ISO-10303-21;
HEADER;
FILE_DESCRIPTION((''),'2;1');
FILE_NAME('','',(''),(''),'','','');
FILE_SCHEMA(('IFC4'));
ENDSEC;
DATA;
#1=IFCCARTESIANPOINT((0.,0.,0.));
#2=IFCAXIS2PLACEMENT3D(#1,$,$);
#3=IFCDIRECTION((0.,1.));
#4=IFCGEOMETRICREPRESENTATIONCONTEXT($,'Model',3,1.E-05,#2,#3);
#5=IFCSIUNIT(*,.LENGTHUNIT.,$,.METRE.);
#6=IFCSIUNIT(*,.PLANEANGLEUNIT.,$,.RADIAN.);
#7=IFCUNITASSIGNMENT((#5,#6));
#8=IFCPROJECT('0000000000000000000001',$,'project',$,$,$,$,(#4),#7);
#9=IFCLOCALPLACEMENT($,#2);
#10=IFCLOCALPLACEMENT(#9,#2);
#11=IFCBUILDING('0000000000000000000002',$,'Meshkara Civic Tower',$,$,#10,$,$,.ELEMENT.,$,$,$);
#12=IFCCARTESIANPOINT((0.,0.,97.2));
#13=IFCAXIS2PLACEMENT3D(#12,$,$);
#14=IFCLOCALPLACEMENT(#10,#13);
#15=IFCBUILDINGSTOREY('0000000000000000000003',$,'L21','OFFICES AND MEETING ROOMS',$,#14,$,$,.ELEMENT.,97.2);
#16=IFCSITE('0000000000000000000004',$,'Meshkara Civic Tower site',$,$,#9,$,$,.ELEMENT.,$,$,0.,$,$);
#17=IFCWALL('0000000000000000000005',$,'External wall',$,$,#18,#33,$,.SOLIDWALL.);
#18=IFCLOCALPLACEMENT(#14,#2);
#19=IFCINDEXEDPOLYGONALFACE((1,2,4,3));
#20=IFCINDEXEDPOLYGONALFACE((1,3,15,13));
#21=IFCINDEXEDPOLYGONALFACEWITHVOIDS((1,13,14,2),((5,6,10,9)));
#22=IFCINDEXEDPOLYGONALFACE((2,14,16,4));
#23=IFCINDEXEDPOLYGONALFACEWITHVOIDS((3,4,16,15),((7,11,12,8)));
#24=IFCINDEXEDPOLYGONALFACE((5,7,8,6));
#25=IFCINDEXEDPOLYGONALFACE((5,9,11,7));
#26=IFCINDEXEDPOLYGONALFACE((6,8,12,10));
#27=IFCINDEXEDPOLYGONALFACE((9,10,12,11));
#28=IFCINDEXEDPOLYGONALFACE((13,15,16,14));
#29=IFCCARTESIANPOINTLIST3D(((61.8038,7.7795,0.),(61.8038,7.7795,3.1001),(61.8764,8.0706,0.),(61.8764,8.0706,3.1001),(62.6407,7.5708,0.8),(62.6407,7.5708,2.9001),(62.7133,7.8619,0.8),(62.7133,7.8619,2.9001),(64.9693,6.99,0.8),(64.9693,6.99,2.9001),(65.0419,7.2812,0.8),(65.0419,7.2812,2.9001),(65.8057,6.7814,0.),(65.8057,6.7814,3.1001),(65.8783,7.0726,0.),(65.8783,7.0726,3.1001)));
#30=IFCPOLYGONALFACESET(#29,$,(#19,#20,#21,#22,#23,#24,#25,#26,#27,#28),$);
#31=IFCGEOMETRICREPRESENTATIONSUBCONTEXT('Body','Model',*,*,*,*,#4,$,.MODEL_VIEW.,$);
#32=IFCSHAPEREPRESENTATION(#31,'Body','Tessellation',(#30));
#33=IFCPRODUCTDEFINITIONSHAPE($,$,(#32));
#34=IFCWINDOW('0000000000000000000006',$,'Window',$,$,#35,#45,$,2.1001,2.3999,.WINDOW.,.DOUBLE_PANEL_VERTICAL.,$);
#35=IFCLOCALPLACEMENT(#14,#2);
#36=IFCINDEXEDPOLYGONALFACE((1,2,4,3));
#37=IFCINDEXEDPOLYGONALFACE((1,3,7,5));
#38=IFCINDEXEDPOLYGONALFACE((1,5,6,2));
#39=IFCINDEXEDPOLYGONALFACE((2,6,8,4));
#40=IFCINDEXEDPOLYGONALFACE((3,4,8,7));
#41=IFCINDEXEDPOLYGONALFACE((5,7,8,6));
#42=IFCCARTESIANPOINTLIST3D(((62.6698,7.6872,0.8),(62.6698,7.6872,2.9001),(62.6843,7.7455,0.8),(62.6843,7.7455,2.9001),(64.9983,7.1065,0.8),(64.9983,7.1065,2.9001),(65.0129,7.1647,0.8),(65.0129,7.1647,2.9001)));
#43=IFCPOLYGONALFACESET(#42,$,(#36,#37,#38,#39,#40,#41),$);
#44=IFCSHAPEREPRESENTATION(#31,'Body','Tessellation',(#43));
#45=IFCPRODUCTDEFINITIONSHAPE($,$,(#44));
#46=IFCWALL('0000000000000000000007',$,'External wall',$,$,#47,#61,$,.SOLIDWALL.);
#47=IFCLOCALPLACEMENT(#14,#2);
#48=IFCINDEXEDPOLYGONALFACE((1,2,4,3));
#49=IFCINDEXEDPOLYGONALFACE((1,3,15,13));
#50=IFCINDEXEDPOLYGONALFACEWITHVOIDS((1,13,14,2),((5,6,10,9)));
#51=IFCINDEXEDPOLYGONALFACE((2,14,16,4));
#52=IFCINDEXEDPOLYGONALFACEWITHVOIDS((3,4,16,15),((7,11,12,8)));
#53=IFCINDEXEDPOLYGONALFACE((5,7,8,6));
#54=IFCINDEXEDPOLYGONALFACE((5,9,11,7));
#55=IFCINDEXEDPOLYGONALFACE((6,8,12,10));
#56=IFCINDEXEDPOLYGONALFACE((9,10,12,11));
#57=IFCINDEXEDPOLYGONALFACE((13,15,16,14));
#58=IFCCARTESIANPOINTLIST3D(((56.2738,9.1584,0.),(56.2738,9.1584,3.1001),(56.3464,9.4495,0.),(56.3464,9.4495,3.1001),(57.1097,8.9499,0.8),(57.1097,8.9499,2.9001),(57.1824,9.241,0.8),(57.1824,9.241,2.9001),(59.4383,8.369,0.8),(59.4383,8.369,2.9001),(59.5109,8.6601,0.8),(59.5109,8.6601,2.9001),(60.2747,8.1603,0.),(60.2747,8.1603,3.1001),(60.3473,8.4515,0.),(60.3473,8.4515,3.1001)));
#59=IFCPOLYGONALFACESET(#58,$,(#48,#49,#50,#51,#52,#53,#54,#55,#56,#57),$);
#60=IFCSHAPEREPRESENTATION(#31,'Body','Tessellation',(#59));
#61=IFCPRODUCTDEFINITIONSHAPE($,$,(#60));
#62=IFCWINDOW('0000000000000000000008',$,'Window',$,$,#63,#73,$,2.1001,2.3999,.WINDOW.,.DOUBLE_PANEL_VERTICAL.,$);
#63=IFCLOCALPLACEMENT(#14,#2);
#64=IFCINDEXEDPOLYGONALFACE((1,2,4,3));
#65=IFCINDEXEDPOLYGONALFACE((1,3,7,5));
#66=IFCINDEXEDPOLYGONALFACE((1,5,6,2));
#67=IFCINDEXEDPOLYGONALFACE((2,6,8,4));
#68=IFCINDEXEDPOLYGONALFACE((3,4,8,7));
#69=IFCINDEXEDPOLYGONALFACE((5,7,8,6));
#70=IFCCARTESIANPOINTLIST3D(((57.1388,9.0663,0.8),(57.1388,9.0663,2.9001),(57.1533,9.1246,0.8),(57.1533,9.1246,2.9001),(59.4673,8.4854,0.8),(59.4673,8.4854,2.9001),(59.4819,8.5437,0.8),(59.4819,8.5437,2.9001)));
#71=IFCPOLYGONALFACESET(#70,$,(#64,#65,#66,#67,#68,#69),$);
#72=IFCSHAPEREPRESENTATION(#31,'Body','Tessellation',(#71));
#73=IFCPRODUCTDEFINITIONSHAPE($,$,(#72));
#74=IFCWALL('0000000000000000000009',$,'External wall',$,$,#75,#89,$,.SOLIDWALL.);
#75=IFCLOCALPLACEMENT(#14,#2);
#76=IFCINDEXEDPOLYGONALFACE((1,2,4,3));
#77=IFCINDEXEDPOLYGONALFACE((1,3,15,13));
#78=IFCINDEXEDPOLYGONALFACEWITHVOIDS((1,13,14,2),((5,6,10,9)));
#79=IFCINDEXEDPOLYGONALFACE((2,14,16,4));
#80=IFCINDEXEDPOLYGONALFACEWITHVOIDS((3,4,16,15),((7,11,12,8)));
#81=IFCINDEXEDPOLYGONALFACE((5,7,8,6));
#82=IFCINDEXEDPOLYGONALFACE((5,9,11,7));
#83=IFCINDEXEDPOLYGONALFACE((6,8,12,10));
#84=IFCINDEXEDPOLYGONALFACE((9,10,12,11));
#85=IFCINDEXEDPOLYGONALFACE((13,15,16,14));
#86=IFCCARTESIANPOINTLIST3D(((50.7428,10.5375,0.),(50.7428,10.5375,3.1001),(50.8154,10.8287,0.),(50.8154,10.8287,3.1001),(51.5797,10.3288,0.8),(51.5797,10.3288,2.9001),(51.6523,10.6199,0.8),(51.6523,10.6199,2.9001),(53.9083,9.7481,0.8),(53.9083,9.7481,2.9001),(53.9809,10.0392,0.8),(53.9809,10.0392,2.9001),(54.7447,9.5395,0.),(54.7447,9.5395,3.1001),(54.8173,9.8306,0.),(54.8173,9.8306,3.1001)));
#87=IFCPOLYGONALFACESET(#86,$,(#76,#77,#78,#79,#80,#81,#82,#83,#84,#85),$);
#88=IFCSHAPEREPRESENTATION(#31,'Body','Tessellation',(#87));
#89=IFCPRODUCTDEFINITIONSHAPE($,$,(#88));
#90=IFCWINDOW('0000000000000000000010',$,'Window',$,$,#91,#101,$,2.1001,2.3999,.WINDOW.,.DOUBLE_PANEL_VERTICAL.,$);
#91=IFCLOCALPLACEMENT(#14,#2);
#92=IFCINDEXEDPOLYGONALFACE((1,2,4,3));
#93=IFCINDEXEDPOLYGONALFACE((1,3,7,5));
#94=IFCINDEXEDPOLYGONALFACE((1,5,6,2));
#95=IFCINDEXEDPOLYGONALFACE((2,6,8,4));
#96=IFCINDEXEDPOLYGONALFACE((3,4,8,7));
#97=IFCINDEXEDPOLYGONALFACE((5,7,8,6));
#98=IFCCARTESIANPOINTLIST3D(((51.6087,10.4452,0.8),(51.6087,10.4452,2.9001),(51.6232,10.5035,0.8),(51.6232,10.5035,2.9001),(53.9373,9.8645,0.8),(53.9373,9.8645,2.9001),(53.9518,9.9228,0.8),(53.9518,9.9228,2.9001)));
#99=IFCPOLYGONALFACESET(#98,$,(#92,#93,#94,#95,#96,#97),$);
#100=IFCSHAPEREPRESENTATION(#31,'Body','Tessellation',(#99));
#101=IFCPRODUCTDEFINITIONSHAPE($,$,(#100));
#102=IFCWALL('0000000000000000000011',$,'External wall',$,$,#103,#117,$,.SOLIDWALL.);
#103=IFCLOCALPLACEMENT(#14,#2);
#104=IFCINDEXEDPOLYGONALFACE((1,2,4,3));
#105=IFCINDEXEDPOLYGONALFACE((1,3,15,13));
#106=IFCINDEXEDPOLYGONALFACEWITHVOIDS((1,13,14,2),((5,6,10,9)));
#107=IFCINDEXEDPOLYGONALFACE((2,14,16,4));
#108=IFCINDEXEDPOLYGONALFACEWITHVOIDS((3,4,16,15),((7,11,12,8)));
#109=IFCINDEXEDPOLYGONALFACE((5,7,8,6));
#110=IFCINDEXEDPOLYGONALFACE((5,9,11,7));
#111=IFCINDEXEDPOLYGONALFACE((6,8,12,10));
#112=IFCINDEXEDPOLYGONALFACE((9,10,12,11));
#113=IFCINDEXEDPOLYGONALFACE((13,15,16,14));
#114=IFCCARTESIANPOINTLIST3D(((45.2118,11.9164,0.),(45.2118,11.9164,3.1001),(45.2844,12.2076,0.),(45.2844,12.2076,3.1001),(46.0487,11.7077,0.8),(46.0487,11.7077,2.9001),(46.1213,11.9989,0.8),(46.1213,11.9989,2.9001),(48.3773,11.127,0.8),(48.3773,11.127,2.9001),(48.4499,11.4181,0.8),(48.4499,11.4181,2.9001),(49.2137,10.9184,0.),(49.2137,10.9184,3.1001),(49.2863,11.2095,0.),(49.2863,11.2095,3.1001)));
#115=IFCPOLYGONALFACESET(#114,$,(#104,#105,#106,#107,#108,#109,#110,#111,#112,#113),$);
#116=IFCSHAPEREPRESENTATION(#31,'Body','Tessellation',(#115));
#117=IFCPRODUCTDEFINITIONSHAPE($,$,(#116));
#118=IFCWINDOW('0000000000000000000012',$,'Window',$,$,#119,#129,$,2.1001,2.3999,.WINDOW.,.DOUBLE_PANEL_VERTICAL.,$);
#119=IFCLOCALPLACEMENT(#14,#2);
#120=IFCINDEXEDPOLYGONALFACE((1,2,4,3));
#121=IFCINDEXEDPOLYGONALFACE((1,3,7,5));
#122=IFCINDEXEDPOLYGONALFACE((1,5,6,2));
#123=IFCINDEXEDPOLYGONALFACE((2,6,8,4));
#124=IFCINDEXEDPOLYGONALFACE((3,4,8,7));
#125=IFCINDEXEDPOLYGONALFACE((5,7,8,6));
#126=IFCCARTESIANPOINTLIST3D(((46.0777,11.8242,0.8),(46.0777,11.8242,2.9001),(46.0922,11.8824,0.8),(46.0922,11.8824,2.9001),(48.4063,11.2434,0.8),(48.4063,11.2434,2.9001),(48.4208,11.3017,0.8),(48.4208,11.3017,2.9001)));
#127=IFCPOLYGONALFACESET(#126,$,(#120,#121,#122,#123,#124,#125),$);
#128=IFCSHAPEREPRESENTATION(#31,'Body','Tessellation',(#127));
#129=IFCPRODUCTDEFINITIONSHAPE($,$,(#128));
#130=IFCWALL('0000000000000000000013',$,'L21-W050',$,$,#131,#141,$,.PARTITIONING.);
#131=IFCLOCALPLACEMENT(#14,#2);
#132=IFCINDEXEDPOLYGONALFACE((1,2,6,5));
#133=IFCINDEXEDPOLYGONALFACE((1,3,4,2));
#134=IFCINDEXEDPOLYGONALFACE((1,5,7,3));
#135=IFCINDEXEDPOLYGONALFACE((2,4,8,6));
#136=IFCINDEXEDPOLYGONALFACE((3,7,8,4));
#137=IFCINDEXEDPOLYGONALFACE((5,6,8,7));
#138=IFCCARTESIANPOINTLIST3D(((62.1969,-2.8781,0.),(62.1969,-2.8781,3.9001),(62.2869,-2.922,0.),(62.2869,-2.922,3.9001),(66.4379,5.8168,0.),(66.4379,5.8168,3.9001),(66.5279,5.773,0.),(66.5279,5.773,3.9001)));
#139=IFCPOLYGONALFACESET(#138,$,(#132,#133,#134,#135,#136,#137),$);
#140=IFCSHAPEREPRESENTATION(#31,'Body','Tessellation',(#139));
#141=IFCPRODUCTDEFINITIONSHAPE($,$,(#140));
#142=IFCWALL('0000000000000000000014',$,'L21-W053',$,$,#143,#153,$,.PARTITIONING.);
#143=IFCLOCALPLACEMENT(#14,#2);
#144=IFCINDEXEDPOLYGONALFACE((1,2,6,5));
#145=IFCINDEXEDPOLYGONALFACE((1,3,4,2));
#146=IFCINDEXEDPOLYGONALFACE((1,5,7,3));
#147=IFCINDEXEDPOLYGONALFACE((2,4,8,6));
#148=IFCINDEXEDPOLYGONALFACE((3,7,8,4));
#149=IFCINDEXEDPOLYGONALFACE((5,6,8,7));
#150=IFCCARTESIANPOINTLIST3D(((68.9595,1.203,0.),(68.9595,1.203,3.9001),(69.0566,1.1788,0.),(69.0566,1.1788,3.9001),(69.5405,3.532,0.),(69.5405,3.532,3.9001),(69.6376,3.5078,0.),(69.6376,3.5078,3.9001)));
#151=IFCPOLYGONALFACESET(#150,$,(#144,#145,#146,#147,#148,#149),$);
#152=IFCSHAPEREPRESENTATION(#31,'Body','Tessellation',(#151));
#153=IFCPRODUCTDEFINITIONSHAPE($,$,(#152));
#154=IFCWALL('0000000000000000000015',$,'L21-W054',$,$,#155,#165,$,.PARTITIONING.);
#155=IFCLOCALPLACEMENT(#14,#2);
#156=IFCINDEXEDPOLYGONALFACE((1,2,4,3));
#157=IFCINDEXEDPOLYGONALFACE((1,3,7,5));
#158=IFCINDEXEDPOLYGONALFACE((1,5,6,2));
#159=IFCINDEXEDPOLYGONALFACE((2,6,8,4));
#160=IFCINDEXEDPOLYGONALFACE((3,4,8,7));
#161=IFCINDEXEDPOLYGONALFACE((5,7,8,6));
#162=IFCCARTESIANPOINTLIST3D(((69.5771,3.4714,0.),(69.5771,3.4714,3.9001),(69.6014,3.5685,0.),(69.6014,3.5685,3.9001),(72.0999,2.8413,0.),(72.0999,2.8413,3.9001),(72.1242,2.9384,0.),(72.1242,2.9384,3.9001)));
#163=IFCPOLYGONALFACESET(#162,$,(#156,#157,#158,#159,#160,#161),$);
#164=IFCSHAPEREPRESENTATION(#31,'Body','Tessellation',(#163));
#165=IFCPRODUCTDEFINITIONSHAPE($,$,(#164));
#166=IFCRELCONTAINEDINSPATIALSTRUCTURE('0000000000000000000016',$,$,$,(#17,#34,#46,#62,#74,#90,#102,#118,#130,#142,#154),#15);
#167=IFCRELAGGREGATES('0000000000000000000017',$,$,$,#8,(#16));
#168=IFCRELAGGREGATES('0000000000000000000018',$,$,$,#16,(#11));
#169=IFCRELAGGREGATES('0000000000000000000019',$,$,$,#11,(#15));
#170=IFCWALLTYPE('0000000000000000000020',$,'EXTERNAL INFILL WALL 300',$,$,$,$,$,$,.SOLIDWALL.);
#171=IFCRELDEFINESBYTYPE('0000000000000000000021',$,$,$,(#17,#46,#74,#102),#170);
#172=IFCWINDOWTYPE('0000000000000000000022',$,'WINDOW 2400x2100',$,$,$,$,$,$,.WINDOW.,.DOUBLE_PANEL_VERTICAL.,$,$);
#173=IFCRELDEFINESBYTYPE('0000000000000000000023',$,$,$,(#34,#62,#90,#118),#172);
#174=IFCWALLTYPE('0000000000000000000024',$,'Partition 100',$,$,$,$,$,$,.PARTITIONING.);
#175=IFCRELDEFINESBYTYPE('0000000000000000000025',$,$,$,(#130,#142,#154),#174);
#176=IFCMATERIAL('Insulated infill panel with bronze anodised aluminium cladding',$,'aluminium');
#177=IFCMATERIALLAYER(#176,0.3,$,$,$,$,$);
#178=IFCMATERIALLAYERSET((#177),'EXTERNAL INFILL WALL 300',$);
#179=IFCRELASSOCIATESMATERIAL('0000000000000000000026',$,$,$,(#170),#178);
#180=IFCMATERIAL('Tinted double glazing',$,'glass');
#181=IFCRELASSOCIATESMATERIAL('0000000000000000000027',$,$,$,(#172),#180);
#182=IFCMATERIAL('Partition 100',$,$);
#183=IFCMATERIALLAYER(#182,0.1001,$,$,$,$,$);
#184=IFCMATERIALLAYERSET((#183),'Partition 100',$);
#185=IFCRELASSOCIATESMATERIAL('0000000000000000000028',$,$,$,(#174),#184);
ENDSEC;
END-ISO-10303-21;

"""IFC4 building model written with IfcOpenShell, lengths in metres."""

from ifc_helpers import new_model, si_unit, direction, frame, frame_2d, origin, place, context, subcontext, project, spatial, rectangle, extrude, material, layer, layer_set, type_object, element, fill, save


model = new_model("IFC4")

# Units and contexts
model_context = context("Model", 3, precision=1e-05, world=origin(), true_north=direction((0.0, 1.0)))
body_context = subcontext(model_context, "Body", "Model", "MODEL_VIEW")
ifc_project = project(units=[si_unit("LENGTHUNIT", "METRE"), si_unit("PLANEANGLEUNIT", "RADIAN")], contexts=[model_context])

# Site, building, storey
site_placement = place(None, origin())
site = spatial("IfcSite", under=ifc_project, at=site_placement, Name="Meshkara Civic Tower site", CompositionType="ELEMENT", RefElevation=0.0)
building_placement = place(site_placement, origin())
building = spatial("IfcBuilding", under=site, at=building_placement, Name="Meshkara Civic Tower", CompositionType="ELEMENT")
storey_placement = place(building_placement, frame((0.0, 0.0, 97.2)))
storey = spatial("IfcBuildingStorey", under=building, at=storey_placement, Name="L21", Description="OFFICES AND MEETING ROOMS", CompositionType="ELEMENT", Elevation=97.2)

# Walls, openings, windows
ifc_material_1 = material(Name="Insulated infill panel with bronze anodised aluminium cladding", Category="aluminium")
ifc_layer_1 = layer(ifc_material_1, 0.3)
ifc_layer_set_1 = layer_set([ifc_layer_1], Name="EXTERNAL INFILL WALL 300")
wall_type_1 = type_object("IfcWallType", Name="EXTERNAL INFILL WALL 300", PredefinedType="SOLIDWALL", material=ifc_layer_set_1)
wall_1_placement = place(storey_placement, frame((65.842, 6.927, 0.0), z_axis=(0.0, 0.0, 1.0), x_axis=(-0.970282, 0.241978, 0.0)))
wall_1 = element("IfcWall", 1, at=wall_1_placement, inside=storey, type_object=wall_type_1, Name="External wall", PredefinedType="SOLIDWALL", context=body_context, shape_type="SweptSolid", body=[
    extrude(rectangle(XDim=4.1245, YDim=0.3, at=frame_2d((2.0623, 0.0))), origin(), (0.0, 0.0, 1.0), 3.1001),
])
opening_1_placement = place(wall_1_placement, frame((0.8621, 0.0, 0.8)))
opening_1 = element("IfcOpeningElement", 2, at=opening_1_placement, cuts=wall_1, PredefinedType="OPENING", context=body_context, shape_type="SweptSolid", body=[
    extrude(rectangle(XDim=2.3999, YDim=2.1001, at=frame_2d((1.2, 1.05))), frame((0.0, 0.1599, 0.0), z_axis=(0.0, -1.0, 0.0), x_axis=(1.0, 0.0, 0.0)), (0.0, 0.0, 1.0), 0.3201),
])
ifc_material_2 = material(Name="Tinted double glazing", Category="glass")
window_type = type_object("IfcWindowType", Name="WINDOW 2400x2100", PartitioningType="DOUBLE_PANEL_VERTICAL", PredefinedType="WINDOW", material=ifc_material_2)
window_1_placement = place(opening_1_placement, origin())
window_1 = element("IfcWindow", 3, at=window_1_placement, inside=storey, type_object=window_type, Name="Window", OverallHeight=2.1001, OverallWidth=2.3999, PartitioningType="DOUBLE_PANEL_VERTICAL", PredefinedType="WINDOW", context=body_context, shape_type="SweptSolid", body=[
    extrude(rectangle(XDim=2.3999, YDim=2.1001, at=frame_2d((1.2, 1.05))), frame((0.0, 0.03, 0.0), z_axis=(0.0, -1.0, 0.0), x_axis=(1.0, 0.0, 0.0)), (0.0, 0.0, 1.0), 0.0601),
])
fill(opening_1, window_1)
wall_2_placement = place(storey_placement, frame((60.311, 8.3059, 0.0), z_axis=(0.0, 0.0, 1.0), x_axis=(-0.970268, 0.242034, 0.0)))
wall_2 = element("IfcWall", 4, at=wall_2_placement, inside=storey, type_object=wall_type_1, Name="External wall", PredefinedType="SOLIDWALL", context=body_context, shape_type="SweptSolid", body=[
    extrude(rectangle(XDim=4.1235, YDim=0.3, at=frame_2d((2.0618, 0.0))), origin(), (0.0, 0.0, 1.0), 3.1001),
])
opening_2_placement = place(wall_2_placement, frame((0.8621, 0.0, 0.8)))
opening_2 = element("IfcOpeningElement", 5, at=opening_2_placement, cuts=wall_2, PredefinedType="OPENING", context=body_context, shape_type="SweptSolid", body=[
    extrude(rectangle(XDim=2.3999, YDim=2.1001, at=frame_2d((1.2, 1.05))), frame((0.0, 0.1599, 0.0), z_axis=(0.0, -1.0, 0.0), x_axis=(1.0, 0.0, 0.0)), (0.0, 0.0, 1.0), 0.3201),
])
window_2_placement = place(opening_2_placement, origin())
window_2 = element("IfcWindow", 6, at=window_2_placement, inside=storey, type_object=window_type, Name="Window", OverallHeight=2.1001, OverallWidth=2.3999, PartitioningType="DOUBLE_PANEL_VERTICAL", PredefinedType="WINDOW", context=body_context, shape_type="SweptSolid", body=[
    extrude(rectangle(XDim=2.3999, YDim=2.1001, at=frame_2d((1.2, 1.05))), frame((0.0, 0.03, 0.0), z_axis=(0.0, -1.0, 0.0), x_axis=(1.0, 0.0, 0.0)), (0.0, 0.0, 1.0), 0.0601),
])
fill(opening_2, window_2)
wall_3_placement = place(storey_placement, frame((54.781, 9.6851, 0.0), z_axis=(0.0, 0.0, 1.0), x_axis=(-0.970282, 0.241978, 0.0)))
wall_3 = element("IfcWall", 7, at=wall_3_placement, inside=storey, type_object=wall_type_1, Name="External wall", PredefinedType="SOLIDWALL", context=body_context, shape_type="SweptSolid", body=[
    extrude(rectangle(XDim=4.1245, YDim=0.3, at=frame_2d((2.0623, 0.0))), origin(), (0.0, 0.0, 1.0), 3.1001),
])
opening_3_placement = place(wall_3_placement, frame((0.8621, 0.0, 0.8)))
opening_3 = element("IfcOpeningElement", 8, at=opening_3_placement, cuts=wall_3, PredefinedType="OPENING", context=body_context, shape_type="SweptSolid", body=[
    extrude(rectangle(XDim=2.3999, YDim=2.1001, at=frame_2d((1.2, 1.05))), frame((0.0, 0.1599, 0.0), z_axis=(0.0, -1.0, 0.0), x_axis=(1.0, 0.0, 0.0)), (0.0, 0.0, 1.0), 0.3201),
])
window_3_placement = place(opening_3_placement, origin())
window_3 = element("IfcWindow", 9, at=window_3_placement, inside=storey, type_object=window_type, Name="Window", OverallHeight=2.1001, OverallWidth=2.3999, PartitioningType="DOUBLE_PANEL_VERTICAL", PredefinedType="WINDOW", context=body_context, shape_type="SweptSolid", body=[
    extrude(rectangle(XDim=2.3999, YDim=2.1001, at=frame_2d((1.2, 1.05))), frame((0.0, 0.03, 0.0), z_axis=(0.0, -1.0, 0.0), x_axis=(1.0, 0.0, 0.0)), (0.0, 0.0, 1.0), 0.0601),
])
fill(opening_3, window_3)
wall_4_placement = place(storey_placement, frame((49.25, 11.064, 0.0), z_axis=(0.0, 0.0, 1.0), x_axis=(-0.970282, 0.241978, 0.0)))
wall_4 = element("IfcWall", 10, at=wall_4_placement, inside=storey, type_object=wall_type_1, Name="External wall", PredefinedType="SOLIDWALL", context=body_context, shape_type="SweptSolid", body=[
    extrude(rectangle(XDim=4.1245, YDim=0.3, at=frame_2d((2.0623, 0.0))), origin(), (0.0, 0.0, 1.0), 3.1001),
])
opening_4_placement = place(wall_4_placement, frame((0.8621, 0.0, 0.8)))
opening_4 = element("IfcOpeningElement", 11, at=opening_4_placement, cuts=wall_4, PredefinedType="OPENING", context=body_context, shape_type="SweptSolid", body=[
    extrude(rectangle(XDim=2.3999, YDim=2.1001, at=frame_2d((1.2, 1.05))), frame((0.0, 0.1599, 0.0), z_axis=(0.0, -1.0, 0.0), x_axis=(1.0, 0.0, 0.0)), (0.0, 0.0, 1.0), 0.3201),
])
window_4_placement = place(opening_4_placement, origin())
window_4 = element("IfcWindow", 12, at=window_4_placement, inside=storey, type_object=window_type, Name="Window", OverallHeight=2.1001, OverallWidth=2.3999, PartitioningType="DOUBLE_PANEL_VERTICAL", PredefinedType="WINDOW", context=body_context, shape_type="SweptSolid", body=[
    extrude(rectangle(XDim=2.3999, YDim=2.1001, at=frame_2d((1.2, 1.05))), frame((0.0, 0.03, 0.0), z_axis=(0.0, -1.0, 0.0), x_axis=(1.0, 0.0, 0.0)), (0.0, 0.0, 1.0), 0.0601),
])
fill(opening_4, window_4)

# Walls
ifc_material_3 = material(Name="Partition 100")
ifc_layer_2 = layer(ifc_material_3, 0.1001)
ifc_layer_set_2 = layer_set([ifc_layer_2], Name="Partition 100")
wall_type_2 = type_object("IfcWallType", Name="Partition 100", PredefinedType="PARTITIONING", material=ifc_layer_set_2)
wall_5_placement = place(storey_placement, frame((62.2419, -2.8999, 0.0), z_axis=(0.0, 0.0, 1.0), x_axis=(0.438389, 0.898785, 0.0)))
element("IfcWall", 13, at=wall_5_placement, inside=storey, type_object=wall_type_2, Name="L21-W050", PredefinedType="PARTITIONING", context=body_context, shape_type="SweptSolid", body=[
    extrude(rectangle(XDim=9.6741, YDim=0.1001, at=frame_2d((4.8369, 0.0))), origin(), (0.0, 0.0, 1.0), 3.9001),
])
wall_6_placement = place(storey_placement, frame((69.0081, 1.1909, 0.0), z_axis=(0.0, 0.0, 1.0), x_axis=(0.242057, 0.970262, 0.0)))
element("IfcWall", 14, at=wall_6_placement, inside=storey, type_object=wall_type_2, Name="L21-W053", PredefinedType="PARTITIONING", context=body_context, shape_type="SweptSolid", body=[
    extrude(rectangle(XDim=2.4004, YDim=0.1001, at=frame_2d((1.2002, 0.0))), origin(), (0.0, 0.0, 1.0), 3.9001),
])
wall_7_placement = place(storey_placement, frame((69.5891, 3.52, 0.0), z_axis=(0.0, 0.0, 1.0), x_axis=(0.970198, -0.242315, 0.0)))
element("IfcWall", 15, at=wall_7_placement, inside=storey, type_object=wall_type_2, Name="L21-W054", PredefinedType="PARTITIONING", context=body_context, shape_type="SweptSolid", body=[
    extrude(rectangle(XDim=2.6003, YDim=0.1001, at=frame_2d((1.3003, 0.0))), origin(), (0.0, 0.0, 1.0), 3.9001),
])

save(model, "model.ifc")
